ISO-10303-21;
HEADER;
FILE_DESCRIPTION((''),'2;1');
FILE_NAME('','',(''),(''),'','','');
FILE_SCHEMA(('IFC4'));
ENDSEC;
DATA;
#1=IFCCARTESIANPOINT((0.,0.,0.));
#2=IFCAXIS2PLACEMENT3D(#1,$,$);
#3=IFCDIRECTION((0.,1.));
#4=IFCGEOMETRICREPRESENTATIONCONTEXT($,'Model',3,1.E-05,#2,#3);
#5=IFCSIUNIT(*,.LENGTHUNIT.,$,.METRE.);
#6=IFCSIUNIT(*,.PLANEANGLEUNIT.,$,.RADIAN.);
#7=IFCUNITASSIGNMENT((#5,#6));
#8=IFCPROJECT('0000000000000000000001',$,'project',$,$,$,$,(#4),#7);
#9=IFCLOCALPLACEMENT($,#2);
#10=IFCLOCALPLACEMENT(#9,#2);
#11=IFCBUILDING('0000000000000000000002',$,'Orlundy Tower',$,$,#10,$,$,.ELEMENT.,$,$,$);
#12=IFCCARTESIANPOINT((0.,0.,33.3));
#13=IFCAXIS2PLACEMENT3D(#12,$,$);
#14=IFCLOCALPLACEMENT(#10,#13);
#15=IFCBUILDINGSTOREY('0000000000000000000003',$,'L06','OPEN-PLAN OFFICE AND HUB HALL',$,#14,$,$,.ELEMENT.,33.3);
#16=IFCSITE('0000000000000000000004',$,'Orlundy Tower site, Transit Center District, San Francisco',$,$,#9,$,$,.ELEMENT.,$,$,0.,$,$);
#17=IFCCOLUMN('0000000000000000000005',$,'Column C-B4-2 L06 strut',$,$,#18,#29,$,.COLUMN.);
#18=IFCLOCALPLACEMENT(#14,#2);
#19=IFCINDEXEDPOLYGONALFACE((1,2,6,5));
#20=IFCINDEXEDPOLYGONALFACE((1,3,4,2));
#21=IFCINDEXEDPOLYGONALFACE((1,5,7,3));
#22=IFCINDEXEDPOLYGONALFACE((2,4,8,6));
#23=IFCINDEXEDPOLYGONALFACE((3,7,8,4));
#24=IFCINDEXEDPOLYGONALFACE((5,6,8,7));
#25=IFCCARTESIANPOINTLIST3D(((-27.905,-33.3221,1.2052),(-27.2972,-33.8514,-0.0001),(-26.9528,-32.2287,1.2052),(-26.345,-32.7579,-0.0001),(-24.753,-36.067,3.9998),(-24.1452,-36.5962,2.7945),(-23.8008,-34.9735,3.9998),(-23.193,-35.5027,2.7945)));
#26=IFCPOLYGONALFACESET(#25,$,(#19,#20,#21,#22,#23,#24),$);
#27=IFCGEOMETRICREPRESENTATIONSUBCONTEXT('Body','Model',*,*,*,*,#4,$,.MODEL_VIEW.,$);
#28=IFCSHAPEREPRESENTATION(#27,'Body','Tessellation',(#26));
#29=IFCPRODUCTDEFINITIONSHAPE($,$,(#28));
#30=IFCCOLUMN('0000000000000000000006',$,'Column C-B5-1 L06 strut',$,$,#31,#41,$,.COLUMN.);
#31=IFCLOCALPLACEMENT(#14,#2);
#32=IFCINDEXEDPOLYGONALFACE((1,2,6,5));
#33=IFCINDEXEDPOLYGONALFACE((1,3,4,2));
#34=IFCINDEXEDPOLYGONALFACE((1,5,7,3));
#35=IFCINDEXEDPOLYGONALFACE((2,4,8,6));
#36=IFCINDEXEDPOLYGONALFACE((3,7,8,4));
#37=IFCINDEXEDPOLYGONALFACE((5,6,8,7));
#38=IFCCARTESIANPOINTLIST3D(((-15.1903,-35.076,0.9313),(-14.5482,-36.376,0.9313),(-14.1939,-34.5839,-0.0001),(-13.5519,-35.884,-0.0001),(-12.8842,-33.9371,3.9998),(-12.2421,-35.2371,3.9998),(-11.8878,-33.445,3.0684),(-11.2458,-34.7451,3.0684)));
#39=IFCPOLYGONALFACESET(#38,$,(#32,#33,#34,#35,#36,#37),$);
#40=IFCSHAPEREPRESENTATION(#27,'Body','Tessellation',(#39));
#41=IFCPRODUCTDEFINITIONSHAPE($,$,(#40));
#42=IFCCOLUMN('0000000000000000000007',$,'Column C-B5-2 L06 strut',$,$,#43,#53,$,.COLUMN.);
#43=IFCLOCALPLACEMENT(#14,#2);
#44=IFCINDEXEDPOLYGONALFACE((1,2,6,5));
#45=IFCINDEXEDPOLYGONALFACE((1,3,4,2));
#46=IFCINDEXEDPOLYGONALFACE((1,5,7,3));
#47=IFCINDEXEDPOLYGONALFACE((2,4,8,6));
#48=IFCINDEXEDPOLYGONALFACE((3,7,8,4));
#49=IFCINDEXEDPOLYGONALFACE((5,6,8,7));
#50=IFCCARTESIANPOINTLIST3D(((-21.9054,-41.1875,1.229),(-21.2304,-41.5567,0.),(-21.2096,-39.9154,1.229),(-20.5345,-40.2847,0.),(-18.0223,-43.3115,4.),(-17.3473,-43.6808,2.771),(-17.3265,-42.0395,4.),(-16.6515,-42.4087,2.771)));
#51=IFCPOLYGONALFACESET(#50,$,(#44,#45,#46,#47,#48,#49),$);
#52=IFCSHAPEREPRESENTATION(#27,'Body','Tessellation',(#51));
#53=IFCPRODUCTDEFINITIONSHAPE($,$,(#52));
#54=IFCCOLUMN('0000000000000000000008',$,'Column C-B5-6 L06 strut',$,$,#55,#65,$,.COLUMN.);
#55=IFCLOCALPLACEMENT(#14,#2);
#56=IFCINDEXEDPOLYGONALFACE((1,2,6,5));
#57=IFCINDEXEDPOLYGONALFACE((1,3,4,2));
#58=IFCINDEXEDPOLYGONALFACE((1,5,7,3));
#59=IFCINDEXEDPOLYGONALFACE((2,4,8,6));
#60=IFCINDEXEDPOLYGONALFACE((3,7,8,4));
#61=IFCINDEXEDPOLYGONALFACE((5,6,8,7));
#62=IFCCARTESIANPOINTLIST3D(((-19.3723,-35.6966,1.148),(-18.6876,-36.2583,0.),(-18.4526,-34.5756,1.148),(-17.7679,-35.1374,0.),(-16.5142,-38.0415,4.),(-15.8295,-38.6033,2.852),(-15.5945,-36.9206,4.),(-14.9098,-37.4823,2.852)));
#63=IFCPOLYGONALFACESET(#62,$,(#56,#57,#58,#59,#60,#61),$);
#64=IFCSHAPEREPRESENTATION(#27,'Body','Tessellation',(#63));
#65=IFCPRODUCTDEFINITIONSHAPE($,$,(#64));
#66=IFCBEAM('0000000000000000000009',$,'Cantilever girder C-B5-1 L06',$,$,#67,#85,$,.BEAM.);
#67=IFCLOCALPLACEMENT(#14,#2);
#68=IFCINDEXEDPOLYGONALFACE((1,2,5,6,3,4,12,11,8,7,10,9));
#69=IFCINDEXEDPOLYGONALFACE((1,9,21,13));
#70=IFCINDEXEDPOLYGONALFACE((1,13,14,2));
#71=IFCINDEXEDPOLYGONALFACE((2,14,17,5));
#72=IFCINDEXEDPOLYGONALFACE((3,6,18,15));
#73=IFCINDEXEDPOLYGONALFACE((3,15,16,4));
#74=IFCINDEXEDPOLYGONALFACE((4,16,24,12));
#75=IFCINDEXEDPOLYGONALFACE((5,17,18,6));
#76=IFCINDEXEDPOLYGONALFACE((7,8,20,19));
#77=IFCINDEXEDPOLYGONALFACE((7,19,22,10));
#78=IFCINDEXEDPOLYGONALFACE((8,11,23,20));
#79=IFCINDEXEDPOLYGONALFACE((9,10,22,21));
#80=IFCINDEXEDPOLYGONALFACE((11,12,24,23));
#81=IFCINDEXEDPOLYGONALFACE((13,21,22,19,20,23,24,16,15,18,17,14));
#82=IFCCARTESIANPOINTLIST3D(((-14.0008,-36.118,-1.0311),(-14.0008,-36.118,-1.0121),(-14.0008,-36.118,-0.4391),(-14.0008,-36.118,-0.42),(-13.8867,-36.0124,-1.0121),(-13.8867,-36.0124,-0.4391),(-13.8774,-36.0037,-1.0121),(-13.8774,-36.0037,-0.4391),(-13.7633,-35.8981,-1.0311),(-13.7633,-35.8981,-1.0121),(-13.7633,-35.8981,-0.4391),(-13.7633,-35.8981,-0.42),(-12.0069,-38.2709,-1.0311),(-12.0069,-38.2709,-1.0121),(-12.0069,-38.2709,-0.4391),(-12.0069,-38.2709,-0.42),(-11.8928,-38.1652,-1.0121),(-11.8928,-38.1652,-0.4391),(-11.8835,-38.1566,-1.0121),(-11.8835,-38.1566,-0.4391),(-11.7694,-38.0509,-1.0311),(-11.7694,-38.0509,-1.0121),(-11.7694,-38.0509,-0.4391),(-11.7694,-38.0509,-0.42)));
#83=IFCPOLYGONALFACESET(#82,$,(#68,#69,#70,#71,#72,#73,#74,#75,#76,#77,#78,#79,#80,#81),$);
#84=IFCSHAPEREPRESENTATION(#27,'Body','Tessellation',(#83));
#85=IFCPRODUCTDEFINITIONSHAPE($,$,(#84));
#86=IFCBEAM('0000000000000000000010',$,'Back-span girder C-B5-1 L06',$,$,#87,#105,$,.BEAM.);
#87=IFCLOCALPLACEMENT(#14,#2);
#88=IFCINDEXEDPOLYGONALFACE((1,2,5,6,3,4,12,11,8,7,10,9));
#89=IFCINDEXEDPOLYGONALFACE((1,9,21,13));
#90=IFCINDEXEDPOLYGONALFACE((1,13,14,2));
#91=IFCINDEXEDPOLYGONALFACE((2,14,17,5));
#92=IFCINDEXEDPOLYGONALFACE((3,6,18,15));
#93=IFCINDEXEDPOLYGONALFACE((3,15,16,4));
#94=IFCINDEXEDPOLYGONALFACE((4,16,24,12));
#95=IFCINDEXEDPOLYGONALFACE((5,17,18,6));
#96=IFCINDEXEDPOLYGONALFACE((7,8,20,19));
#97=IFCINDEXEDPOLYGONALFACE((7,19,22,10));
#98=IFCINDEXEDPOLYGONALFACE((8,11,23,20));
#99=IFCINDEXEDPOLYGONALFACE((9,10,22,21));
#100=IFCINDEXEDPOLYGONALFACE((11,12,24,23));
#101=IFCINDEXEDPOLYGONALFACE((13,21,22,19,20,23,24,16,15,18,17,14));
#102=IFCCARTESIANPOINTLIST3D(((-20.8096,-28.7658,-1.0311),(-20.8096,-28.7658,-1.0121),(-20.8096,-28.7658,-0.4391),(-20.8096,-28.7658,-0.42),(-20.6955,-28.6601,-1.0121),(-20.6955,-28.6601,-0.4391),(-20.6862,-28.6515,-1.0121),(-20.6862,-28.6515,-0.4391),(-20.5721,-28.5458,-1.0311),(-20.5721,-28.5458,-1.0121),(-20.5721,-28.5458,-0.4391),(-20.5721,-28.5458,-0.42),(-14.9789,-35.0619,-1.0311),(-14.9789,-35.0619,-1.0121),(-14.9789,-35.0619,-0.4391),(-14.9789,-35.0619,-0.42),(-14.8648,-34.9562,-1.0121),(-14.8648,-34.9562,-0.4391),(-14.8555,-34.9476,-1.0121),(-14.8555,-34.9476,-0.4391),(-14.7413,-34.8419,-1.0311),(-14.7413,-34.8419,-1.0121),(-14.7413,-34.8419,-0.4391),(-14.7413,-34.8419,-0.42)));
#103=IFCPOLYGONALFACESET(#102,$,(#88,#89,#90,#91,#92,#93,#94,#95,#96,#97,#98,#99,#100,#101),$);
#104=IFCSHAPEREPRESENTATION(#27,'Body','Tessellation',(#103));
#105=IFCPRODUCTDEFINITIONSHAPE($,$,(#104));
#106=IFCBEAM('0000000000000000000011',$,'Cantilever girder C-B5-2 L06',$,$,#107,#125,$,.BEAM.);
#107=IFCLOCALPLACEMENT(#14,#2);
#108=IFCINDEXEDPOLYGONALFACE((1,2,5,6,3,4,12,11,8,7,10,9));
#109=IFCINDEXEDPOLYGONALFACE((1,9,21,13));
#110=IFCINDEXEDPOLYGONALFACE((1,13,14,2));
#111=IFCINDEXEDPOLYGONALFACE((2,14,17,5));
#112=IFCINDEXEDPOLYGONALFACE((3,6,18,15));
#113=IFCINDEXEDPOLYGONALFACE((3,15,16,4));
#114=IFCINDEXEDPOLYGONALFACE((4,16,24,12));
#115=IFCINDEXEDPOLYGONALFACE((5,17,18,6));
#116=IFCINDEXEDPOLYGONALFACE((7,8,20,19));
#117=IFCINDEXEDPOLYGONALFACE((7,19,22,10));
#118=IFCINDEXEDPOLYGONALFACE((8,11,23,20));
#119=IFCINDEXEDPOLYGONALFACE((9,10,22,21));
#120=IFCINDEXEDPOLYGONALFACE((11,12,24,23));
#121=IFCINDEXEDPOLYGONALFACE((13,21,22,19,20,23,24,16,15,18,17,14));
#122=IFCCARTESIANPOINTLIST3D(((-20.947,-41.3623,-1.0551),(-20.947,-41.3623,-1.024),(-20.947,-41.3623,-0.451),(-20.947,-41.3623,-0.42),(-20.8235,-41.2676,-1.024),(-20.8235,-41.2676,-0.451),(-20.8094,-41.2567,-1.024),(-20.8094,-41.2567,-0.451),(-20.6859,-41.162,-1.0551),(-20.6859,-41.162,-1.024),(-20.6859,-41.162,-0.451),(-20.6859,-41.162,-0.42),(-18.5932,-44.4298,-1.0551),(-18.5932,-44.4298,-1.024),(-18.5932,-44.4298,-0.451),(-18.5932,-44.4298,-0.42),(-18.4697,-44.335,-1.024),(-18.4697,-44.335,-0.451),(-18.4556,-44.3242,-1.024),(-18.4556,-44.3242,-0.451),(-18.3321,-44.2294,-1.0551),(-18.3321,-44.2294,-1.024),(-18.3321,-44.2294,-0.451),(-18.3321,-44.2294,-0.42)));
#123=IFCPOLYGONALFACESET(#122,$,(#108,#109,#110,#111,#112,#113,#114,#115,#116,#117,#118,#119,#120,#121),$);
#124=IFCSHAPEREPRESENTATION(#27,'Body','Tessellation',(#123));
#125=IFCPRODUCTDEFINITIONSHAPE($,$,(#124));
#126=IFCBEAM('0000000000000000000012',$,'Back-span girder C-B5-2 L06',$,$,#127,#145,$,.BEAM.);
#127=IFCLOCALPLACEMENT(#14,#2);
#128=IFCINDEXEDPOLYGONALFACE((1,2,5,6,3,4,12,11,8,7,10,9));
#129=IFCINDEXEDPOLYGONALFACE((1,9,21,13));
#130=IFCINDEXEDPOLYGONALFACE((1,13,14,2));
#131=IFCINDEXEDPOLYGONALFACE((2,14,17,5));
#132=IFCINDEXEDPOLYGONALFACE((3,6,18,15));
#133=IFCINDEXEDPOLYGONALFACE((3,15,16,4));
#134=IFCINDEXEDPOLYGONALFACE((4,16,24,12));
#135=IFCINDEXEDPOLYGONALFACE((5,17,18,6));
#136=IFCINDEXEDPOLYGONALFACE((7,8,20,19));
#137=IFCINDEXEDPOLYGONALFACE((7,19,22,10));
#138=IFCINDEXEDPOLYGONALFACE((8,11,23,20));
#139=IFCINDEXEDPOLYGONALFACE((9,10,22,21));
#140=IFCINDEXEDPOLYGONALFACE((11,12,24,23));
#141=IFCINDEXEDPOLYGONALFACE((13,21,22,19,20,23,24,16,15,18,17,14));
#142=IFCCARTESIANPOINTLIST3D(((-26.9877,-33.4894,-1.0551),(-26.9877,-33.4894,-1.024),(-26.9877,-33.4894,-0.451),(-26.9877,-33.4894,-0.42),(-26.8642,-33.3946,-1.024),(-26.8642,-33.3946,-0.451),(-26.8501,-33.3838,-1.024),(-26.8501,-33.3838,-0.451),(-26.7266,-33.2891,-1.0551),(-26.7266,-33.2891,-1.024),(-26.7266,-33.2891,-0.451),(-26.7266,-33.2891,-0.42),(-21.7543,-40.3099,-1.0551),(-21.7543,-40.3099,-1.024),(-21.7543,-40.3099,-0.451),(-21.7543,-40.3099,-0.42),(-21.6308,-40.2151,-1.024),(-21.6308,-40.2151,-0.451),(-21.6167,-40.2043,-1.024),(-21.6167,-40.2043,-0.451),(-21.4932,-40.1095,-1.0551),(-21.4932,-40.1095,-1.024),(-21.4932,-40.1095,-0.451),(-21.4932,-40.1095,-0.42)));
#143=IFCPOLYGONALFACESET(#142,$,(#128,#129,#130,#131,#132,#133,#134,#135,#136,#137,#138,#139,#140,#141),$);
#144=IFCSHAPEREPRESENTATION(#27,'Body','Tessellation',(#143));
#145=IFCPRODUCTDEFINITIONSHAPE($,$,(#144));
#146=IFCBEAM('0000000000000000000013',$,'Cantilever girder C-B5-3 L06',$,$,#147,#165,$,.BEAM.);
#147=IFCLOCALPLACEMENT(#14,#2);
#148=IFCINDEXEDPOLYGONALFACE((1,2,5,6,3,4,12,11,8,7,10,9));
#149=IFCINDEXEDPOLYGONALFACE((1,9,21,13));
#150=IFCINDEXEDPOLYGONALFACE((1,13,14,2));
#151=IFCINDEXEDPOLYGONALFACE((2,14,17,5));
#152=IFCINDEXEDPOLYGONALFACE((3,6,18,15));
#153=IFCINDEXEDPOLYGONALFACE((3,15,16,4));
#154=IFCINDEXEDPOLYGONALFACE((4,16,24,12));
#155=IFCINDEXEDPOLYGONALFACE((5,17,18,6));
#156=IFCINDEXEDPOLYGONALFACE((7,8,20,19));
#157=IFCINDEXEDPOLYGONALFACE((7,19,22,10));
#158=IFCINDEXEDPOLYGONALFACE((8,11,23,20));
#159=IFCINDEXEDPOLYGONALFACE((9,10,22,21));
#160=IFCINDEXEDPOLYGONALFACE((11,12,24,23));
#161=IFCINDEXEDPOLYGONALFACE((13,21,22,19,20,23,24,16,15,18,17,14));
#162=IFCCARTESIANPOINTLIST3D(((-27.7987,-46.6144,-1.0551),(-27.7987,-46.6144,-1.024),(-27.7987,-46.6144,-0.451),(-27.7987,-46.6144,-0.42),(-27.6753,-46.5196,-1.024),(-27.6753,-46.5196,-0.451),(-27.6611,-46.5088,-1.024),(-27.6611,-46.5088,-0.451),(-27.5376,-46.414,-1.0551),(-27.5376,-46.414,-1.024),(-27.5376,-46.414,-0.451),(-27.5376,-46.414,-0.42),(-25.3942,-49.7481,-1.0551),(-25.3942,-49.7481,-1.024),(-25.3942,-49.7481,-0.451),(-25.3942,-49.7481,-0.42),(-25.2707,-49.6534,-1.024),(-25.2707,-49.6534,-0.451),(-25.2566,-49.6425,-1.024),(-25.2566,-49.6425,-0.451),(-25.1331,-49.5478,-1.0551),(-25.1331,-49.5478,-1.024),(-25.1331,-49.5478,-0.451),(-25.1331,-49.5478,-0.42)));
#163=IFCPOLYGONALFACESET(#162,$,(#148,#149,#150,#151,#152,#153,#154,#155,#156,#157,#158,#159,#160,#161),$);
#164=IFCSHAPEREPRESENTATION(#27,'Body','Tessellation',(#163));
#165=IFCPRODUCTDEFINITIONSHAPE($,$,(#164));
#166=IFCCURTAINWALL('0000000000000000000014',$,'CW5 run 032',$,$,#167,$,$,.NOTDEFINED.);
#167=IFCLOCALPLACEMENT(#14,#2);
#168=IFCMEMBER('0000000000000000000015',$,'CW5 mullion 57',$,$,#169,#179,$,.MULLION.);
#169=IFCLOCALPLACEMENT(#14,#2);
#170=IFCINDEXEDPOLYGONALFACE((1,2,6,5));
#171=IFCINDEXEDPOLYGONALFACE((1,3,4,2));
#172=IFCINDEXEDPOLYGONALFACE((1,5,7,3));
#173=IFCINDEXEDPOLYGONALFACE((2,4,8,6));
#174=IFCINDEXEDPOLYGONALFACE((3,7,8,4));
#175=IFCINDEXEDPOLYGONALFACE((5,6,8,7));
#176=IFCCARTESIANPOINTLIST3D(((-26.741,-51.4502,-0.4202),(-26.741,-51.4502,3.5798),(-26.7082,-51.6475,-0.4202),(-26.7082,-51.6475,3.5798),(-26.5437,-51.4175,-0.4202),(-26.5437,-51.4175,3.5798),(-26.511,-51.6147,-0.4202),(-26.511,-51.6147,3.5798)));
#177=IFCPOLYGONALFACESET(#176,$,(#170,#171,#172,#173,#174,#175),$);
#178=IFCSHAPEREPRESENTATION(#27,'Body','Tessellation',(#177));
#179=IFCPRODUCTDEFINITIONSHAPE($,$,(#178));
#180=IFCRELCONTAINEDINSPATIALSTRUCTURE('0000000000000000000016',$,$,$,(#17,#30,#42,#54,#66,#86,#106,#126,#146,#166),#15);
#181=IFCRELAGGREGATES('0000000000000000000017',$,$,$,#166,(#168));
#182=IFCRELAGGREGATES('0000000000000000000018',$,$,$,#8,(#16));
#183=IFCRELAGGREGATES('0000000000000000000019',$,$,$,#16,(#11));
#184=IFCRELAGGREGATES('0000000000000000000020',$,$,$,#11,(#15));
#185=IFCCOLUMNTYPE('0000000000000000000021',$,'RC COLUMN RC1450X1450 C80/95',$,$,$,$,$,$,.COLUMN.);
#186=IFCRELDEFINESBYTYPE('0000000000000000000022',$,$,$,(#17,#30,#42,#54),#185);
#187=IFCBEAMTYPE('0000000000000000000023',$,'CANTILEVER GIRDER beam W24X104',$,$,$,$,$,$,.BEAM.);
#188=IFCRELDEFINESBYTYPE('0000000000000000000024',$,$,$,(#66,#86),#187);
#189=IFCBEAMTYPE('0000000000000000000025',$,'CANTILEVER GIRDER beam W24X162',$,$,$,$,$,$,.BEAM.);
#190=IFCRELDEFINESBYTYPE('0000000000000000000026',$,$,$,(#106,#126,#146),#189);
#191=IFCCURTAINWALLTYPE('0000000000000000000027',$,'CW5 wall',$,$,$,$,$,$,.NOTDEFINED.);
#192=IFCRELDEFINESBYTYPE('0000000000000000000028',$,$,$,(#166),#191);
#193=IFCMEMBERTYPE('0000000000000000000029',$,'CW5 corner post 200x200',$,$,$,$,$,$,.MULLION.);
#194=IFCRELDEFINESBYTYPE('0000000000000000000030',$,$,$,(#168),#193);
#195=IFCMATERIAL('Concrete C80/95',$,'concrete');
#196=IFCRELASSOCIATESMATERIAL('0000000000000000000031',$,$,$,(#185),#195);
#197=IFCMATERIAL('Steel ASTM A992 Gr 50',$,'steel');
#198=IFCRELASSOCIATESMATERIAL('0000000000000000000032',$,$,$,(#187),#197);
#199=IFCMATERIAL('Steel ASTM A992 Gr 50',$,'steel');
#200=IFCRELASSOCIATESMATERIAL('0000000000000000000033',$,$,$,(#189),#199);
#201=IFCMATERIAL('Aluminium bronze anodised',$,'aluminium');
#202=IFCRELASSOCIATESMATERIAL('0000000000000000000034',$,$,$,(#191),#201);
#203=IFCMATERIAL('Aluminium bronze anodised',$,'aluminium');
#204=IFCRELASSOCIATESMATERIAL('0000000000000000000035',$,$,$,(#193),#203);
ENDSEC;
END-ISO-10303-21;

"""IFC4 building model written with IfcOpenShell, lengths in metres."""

from ifc_helpers import new_model, si_unit, direction, frame, origin, origin_2d, place, context, subcontext, project, spatial, rectangle, i_section, extrude, material, material_profile, profile_set, type_object, element, aggregate, save


model = new_model("IFC4")

# Units and contexts
model_context = context("Model", 3, precision=1e-05, world=origin(), true_north=direction((0.0, 1.0)))
body_context = subcontext(model_context, "Body", "Model", "MODEL_VIEW")
ifc_project = project(units=[si_unit("LENGTHUNIT", "METRE"), si_unit("PLANEANGLEUNIT", "RADIAN")], contexts=[model_context])

# Site, building, storey
site_placement = place(None, origin())
site = spatial("IfcSite", under=ifc_project, at=site_placement, Name="Orlundy Tower site, Transit Center District, San Francisco", CompositionType="ELEMENT", RefElevation=0.0)
building_placement = place(site_placement, origin())
building = spatial("IfcBuilding", under=site, at=building_placement, Name="Orlundy Tower", CompositionType="ELEMENT")
storey_placement = place(building_placement, frame((0.0, 0.0, 33.3)))
storey = spatial("IfcBuildingStorey", under=building, at=storey_placement, Name="L06", Description="OPEN-PLAN OFFICE AND HUB HALL", CompositionType="ELEMENT", Elevation=33.3)

# Columns
ifc_material_1 = material(Name="Concrete C80/95", Category="concrete")
ifc_material_profile_1 = material_profile(ifc_material_1, rectangle(XDim=1.45, YDim=1.45, at=origin_2d()), Name="RC1450X1450")
ifc_profile_set_1 = profile_set([ifc_material_profile_1], Name="Concrete C80/95")
column_type = type_object("IfcColumnType", Name="RC COLUMN RC1450X1450 C80/95", PredefinedType="COLUMN", material=ifc_profile_set_1)
column_1_placement = place(storey_placement, frame((-27.125, -33.04, 0.6025), z_axis=(0.626915, -0.545923, 0.555828), x_axis=(0.656712, 0.754141, 0.0)))
element("IfcColumn", 1, at=column_1_placement, inside=storey, type_object=column_type, Name="Column C-B4-2 L06 strut", PredefinedType="COLUMN", context=body_context, shape_type="SweptSolid", body=[
    extrude(rectangle(XDim=1.45, YDim=1.45, at=origin_2d()), origin(), (0.0, 0.0, 1.0), 5.0278),
])
column_2_placement = place(storey_placement, frame((-14.3711, -35.48, 0.4656), z_axis=(0.575966, 0.284447, 0.76639), x_axis=(-0.442804, 0.896619, 0.0)))
element("IfcColumn", 2, at=column_2_placement, inside=storey, type_object=column_type, Name="Column C-B5-1 L06 strut", PredefinedType="COLUMN", context=body_context, shape_type="SweptSolid", body=[
    extrude(rectangle(XDim=1.45, YDim=1.45, at=origin_2d()), origin(), (0.0, 0.0, 1.0), 4.0039),
])
column_3_placement = place(storey_placement, frame((-21.22, -40.7361, 0.6145), z_axis=(0.743613, -0.406755, 0.530651), x_axis=(0.479895, 0.877326, 0.0)))
element("IfcColumn", 3, at=column_3_placement, inside=storey, type_object=column_type, Name="Column C-B5-2 L06 strut", PredefinedType="COLUMN", context=body_context, shape_type="SweptSolid", body=[
    extrude(rectangle(XDim=1.45, YDim=1.45, at=origin_2d()), origin(), (0.0, 0.0, 1.0), 5.2219),
])
column_4_placement = place(storey_placement, frame((-18.5701, -35.417, 0.574), z_axis=(0.61212, -0.502213, 0.610812), x_axis=(0.634287, 0.773097, 0.0)))
element("IfcColumn", 4, at=column_4_placement, inside=storey, type_object=column_type, Name="Column C-B5-6 L06 strut", PredefinedType="COLUMN", context=body_context, shape_type="SweptSolid", body=[
    extrude(rectangle(XDim=1.45, YDim=1.45, at=origin_2d()), origin(), (0.0, 0.0, 1.0), 4.6692),
])

# Beams
ifc_material_2 = material(Name="Steel ASTM A992 Gr 50", Category="steel")
ifc_material_profile_2 = material_profile(ifc_material_2, i_section(OverallWidth=0.3237, OverallDepth=0.6111, WebThickness=0.0127, FlangeThickness=0.019, at=origin_2d()), Name="W24X104")
ifc_profile_set_2 = profile_set([ifc_material_profile_2], Name="Steel ASTM A992 Gr 50")
beam_type_1 = type_object("IfcBeamType", Name="CANTILEVER GIRDER beam W24X104", PredefinedType="BEAM", material=ifc_profile_set_2)
beam_1_placement = place(storey_placement, frame((-11.8882, -38.1609, -0.7256), z_axis=(-0.679506, 0.73367, 0.0), x_axis=(-0.73367, -0.679506, 0.0)))
element("IfcBeam", 5, at=beam_1_placement, inside=storey, type_object=beam_type_1, Name="Cantilever girder C-B5-1 L06", PredefinedType="BEAM", context=body_context, shape_type="SweptSolid", body=[
    extrude(i_section(OverallWidth=0.3237, OverallDepth=0.6111, WebThickness=0.0127, FlangeThickness=0.019, at=origin_2d()), origin(), (0.0, 0.0, 1.0), 2.9343),
])
beam_2_placement = place(storey_placement, frame((-14.8601, -34.9519, -0.7256), z_axis=(-0.679474, 0.7337, 0.0), x_axis=(-0.7337, -0.679474, 0.0)))
element("IfcBeam", 6, at=beam_2_placement, inside=storey, type_object=beam_type_1, Name="Back-span girder C-B5-1 L06", PredefinedType="BEAM", context=body_context, shape_type="SweptSolid", body=[
    extrude(i_section(OverallWidth=0.3237, OverallDepth=0.6111, WebThickness=0.0127, FlangeThickness=0.019, at=origin_2d()), origin(), (0.0, 0.0, 1.0), 8.5813),
])
ifc_material_3 = material(Name="Steel ASTM A992 Gr 50", Category="steel")
ifc_material_profile_3 = material_profile(ifc_material_3, i_section(OverallWidth=0.3291, OverallDepth=0.635, WebThickness=0.0178, FlangeThickness=0.031, at=origin_2d()), Name="W24X162")
ifc_profile_set_3 = profile_set([ifc_material_profile_3], Name="Steel ASTM A992 Gr 50")
beam_type_2 = type_object("IfcBeamType", Name="CANTILEVER GIRDER beam W24X162", PredefinedType="BEAM", material=ifc_profile_set_3)
beam_3_placement = place(storey_placement, frame((-18.4626, -44.3296, -0.7375), z_axis=(-0.608773, 0.793344, 0.0), x_axis=(-0.793344, -0.608773, 0.0)))
element("IfcBeam", 7, at=beam_3_placement, inside=storey, type_object=beam_type_2, Name="Cantilever girder C-B5-2 L06", PredefinedType="BEAM", context=body_context, shape_type="SweptSolid", body=[
    extrude(i_section(OverallWidth=0.3291, OverallDepth=0.635, WebThickness=0.0178, FlangeThickness=0.031, at=origin_2d()), origin(), (0.0, 0.0, 1.0), 3.8665),
])
beam_4_placement = place(storey_placement, frame((-21.6238, -40.2097, -0.7375), z_axis=(-0.608747, 0.793365, 0.0), x_axis=(-0.793365, -0.608747, 0.0)))
element("IfcBeam", 8, at=beam_4_placement, inside=storey, type_object=beam_type_2, Name="Back-span girder C-B5-2 L06", PredefinedType="BEAM", context=body_context, shape_type="SweptSolid", body=[
    extrude(i_section(OverallWidth=0.3291, OverallDepth=0.635, WebThickness=0.0178, FlangeThickness=0.031, at=origin_2d()), origin(), (0.0, 0.0, 1.0), 8.5969),
])
beam_5_placement = place(storey_placement, frame((-25.2637, -49.6479, -0.7375), z_axis=(-0.608746, 0.793366, 0.0), x_axis=(-0.793366, -0.608746, 0.0)))
element("IfcBeam", 9, at=beam_5_placement, inside=storey, type_object=beam_type_2, Name="Cantilever girder C-B5-3 L06", PredefinedType="BEAM", context=body_context, shape_type="SweptSolid", body=[
    extrude(i_section(OverallWidth=0.3291, OverallDepth=0.635, WebThickness=0.0178, FlangeThickness=0.031, at=origin_2d()), origin(), (0.0, 0.0, 1.0), 3.95),
])

# Curtain wall, member
ifc_material_4 = material(Name="Aluminium bronze anodised", Category="aluminium")
curtain_wall_type = type_object("IfcCurtainWallType", Name="CW5 wall", PredefinedType="NOTDEFINED", material=ifc_material_4)
curtain_wall_1_placement = place(storey_placement, origin())
curtain_wall_1 = element("IfcCurtainWall", 10, at=curtain_wall_1_placement, inside=storey, type_object=curtain_wall_type, Name="CW5 run 032", PredefinedType="NOTDEFINED")
ifc_material_5 = material(Name="Aluminium bronze anodised", Category="aluminium")
ifc_material_profile_4 = material_profile(ifc_material_5, rectangle(XDim=0.2, YDim=0.2, at=origin_2d()), Name="CW5 corner post 200x200")
ifc_profile_set_4 = profile_set([ifc_material_profile_4], Name="Aluminium bronze anodised")
member_type_1 = type_object("IfcMemberType", Name="CW5 corner post 200x200", PredefinedType="MULLION", material=ifc_profile_set_4)
member_1_placement = place(storey_placement, frame((-26.626, -51.5325, -0.4202), z_axis=(0.0, 0.0, 1.0), x_axis=(0.163786, -0.986496, 0.0)))
member_1 = element("IfcMember", 11, at=member_1_placement, type_object=member_type_1, Name="CW5 mullion 57", PredefinedType="MULLION", context=body_context, shape_type="SweptSolid", body=[
    extrude(rectangle(XDim=0.2, YDim=0.2, at=origin_2d()), origin(), (0.0, 0.0, 1.0), 4.0),
])

aggregate(curtain_wall_1, [member_1])

save(model, "model.ifc")
